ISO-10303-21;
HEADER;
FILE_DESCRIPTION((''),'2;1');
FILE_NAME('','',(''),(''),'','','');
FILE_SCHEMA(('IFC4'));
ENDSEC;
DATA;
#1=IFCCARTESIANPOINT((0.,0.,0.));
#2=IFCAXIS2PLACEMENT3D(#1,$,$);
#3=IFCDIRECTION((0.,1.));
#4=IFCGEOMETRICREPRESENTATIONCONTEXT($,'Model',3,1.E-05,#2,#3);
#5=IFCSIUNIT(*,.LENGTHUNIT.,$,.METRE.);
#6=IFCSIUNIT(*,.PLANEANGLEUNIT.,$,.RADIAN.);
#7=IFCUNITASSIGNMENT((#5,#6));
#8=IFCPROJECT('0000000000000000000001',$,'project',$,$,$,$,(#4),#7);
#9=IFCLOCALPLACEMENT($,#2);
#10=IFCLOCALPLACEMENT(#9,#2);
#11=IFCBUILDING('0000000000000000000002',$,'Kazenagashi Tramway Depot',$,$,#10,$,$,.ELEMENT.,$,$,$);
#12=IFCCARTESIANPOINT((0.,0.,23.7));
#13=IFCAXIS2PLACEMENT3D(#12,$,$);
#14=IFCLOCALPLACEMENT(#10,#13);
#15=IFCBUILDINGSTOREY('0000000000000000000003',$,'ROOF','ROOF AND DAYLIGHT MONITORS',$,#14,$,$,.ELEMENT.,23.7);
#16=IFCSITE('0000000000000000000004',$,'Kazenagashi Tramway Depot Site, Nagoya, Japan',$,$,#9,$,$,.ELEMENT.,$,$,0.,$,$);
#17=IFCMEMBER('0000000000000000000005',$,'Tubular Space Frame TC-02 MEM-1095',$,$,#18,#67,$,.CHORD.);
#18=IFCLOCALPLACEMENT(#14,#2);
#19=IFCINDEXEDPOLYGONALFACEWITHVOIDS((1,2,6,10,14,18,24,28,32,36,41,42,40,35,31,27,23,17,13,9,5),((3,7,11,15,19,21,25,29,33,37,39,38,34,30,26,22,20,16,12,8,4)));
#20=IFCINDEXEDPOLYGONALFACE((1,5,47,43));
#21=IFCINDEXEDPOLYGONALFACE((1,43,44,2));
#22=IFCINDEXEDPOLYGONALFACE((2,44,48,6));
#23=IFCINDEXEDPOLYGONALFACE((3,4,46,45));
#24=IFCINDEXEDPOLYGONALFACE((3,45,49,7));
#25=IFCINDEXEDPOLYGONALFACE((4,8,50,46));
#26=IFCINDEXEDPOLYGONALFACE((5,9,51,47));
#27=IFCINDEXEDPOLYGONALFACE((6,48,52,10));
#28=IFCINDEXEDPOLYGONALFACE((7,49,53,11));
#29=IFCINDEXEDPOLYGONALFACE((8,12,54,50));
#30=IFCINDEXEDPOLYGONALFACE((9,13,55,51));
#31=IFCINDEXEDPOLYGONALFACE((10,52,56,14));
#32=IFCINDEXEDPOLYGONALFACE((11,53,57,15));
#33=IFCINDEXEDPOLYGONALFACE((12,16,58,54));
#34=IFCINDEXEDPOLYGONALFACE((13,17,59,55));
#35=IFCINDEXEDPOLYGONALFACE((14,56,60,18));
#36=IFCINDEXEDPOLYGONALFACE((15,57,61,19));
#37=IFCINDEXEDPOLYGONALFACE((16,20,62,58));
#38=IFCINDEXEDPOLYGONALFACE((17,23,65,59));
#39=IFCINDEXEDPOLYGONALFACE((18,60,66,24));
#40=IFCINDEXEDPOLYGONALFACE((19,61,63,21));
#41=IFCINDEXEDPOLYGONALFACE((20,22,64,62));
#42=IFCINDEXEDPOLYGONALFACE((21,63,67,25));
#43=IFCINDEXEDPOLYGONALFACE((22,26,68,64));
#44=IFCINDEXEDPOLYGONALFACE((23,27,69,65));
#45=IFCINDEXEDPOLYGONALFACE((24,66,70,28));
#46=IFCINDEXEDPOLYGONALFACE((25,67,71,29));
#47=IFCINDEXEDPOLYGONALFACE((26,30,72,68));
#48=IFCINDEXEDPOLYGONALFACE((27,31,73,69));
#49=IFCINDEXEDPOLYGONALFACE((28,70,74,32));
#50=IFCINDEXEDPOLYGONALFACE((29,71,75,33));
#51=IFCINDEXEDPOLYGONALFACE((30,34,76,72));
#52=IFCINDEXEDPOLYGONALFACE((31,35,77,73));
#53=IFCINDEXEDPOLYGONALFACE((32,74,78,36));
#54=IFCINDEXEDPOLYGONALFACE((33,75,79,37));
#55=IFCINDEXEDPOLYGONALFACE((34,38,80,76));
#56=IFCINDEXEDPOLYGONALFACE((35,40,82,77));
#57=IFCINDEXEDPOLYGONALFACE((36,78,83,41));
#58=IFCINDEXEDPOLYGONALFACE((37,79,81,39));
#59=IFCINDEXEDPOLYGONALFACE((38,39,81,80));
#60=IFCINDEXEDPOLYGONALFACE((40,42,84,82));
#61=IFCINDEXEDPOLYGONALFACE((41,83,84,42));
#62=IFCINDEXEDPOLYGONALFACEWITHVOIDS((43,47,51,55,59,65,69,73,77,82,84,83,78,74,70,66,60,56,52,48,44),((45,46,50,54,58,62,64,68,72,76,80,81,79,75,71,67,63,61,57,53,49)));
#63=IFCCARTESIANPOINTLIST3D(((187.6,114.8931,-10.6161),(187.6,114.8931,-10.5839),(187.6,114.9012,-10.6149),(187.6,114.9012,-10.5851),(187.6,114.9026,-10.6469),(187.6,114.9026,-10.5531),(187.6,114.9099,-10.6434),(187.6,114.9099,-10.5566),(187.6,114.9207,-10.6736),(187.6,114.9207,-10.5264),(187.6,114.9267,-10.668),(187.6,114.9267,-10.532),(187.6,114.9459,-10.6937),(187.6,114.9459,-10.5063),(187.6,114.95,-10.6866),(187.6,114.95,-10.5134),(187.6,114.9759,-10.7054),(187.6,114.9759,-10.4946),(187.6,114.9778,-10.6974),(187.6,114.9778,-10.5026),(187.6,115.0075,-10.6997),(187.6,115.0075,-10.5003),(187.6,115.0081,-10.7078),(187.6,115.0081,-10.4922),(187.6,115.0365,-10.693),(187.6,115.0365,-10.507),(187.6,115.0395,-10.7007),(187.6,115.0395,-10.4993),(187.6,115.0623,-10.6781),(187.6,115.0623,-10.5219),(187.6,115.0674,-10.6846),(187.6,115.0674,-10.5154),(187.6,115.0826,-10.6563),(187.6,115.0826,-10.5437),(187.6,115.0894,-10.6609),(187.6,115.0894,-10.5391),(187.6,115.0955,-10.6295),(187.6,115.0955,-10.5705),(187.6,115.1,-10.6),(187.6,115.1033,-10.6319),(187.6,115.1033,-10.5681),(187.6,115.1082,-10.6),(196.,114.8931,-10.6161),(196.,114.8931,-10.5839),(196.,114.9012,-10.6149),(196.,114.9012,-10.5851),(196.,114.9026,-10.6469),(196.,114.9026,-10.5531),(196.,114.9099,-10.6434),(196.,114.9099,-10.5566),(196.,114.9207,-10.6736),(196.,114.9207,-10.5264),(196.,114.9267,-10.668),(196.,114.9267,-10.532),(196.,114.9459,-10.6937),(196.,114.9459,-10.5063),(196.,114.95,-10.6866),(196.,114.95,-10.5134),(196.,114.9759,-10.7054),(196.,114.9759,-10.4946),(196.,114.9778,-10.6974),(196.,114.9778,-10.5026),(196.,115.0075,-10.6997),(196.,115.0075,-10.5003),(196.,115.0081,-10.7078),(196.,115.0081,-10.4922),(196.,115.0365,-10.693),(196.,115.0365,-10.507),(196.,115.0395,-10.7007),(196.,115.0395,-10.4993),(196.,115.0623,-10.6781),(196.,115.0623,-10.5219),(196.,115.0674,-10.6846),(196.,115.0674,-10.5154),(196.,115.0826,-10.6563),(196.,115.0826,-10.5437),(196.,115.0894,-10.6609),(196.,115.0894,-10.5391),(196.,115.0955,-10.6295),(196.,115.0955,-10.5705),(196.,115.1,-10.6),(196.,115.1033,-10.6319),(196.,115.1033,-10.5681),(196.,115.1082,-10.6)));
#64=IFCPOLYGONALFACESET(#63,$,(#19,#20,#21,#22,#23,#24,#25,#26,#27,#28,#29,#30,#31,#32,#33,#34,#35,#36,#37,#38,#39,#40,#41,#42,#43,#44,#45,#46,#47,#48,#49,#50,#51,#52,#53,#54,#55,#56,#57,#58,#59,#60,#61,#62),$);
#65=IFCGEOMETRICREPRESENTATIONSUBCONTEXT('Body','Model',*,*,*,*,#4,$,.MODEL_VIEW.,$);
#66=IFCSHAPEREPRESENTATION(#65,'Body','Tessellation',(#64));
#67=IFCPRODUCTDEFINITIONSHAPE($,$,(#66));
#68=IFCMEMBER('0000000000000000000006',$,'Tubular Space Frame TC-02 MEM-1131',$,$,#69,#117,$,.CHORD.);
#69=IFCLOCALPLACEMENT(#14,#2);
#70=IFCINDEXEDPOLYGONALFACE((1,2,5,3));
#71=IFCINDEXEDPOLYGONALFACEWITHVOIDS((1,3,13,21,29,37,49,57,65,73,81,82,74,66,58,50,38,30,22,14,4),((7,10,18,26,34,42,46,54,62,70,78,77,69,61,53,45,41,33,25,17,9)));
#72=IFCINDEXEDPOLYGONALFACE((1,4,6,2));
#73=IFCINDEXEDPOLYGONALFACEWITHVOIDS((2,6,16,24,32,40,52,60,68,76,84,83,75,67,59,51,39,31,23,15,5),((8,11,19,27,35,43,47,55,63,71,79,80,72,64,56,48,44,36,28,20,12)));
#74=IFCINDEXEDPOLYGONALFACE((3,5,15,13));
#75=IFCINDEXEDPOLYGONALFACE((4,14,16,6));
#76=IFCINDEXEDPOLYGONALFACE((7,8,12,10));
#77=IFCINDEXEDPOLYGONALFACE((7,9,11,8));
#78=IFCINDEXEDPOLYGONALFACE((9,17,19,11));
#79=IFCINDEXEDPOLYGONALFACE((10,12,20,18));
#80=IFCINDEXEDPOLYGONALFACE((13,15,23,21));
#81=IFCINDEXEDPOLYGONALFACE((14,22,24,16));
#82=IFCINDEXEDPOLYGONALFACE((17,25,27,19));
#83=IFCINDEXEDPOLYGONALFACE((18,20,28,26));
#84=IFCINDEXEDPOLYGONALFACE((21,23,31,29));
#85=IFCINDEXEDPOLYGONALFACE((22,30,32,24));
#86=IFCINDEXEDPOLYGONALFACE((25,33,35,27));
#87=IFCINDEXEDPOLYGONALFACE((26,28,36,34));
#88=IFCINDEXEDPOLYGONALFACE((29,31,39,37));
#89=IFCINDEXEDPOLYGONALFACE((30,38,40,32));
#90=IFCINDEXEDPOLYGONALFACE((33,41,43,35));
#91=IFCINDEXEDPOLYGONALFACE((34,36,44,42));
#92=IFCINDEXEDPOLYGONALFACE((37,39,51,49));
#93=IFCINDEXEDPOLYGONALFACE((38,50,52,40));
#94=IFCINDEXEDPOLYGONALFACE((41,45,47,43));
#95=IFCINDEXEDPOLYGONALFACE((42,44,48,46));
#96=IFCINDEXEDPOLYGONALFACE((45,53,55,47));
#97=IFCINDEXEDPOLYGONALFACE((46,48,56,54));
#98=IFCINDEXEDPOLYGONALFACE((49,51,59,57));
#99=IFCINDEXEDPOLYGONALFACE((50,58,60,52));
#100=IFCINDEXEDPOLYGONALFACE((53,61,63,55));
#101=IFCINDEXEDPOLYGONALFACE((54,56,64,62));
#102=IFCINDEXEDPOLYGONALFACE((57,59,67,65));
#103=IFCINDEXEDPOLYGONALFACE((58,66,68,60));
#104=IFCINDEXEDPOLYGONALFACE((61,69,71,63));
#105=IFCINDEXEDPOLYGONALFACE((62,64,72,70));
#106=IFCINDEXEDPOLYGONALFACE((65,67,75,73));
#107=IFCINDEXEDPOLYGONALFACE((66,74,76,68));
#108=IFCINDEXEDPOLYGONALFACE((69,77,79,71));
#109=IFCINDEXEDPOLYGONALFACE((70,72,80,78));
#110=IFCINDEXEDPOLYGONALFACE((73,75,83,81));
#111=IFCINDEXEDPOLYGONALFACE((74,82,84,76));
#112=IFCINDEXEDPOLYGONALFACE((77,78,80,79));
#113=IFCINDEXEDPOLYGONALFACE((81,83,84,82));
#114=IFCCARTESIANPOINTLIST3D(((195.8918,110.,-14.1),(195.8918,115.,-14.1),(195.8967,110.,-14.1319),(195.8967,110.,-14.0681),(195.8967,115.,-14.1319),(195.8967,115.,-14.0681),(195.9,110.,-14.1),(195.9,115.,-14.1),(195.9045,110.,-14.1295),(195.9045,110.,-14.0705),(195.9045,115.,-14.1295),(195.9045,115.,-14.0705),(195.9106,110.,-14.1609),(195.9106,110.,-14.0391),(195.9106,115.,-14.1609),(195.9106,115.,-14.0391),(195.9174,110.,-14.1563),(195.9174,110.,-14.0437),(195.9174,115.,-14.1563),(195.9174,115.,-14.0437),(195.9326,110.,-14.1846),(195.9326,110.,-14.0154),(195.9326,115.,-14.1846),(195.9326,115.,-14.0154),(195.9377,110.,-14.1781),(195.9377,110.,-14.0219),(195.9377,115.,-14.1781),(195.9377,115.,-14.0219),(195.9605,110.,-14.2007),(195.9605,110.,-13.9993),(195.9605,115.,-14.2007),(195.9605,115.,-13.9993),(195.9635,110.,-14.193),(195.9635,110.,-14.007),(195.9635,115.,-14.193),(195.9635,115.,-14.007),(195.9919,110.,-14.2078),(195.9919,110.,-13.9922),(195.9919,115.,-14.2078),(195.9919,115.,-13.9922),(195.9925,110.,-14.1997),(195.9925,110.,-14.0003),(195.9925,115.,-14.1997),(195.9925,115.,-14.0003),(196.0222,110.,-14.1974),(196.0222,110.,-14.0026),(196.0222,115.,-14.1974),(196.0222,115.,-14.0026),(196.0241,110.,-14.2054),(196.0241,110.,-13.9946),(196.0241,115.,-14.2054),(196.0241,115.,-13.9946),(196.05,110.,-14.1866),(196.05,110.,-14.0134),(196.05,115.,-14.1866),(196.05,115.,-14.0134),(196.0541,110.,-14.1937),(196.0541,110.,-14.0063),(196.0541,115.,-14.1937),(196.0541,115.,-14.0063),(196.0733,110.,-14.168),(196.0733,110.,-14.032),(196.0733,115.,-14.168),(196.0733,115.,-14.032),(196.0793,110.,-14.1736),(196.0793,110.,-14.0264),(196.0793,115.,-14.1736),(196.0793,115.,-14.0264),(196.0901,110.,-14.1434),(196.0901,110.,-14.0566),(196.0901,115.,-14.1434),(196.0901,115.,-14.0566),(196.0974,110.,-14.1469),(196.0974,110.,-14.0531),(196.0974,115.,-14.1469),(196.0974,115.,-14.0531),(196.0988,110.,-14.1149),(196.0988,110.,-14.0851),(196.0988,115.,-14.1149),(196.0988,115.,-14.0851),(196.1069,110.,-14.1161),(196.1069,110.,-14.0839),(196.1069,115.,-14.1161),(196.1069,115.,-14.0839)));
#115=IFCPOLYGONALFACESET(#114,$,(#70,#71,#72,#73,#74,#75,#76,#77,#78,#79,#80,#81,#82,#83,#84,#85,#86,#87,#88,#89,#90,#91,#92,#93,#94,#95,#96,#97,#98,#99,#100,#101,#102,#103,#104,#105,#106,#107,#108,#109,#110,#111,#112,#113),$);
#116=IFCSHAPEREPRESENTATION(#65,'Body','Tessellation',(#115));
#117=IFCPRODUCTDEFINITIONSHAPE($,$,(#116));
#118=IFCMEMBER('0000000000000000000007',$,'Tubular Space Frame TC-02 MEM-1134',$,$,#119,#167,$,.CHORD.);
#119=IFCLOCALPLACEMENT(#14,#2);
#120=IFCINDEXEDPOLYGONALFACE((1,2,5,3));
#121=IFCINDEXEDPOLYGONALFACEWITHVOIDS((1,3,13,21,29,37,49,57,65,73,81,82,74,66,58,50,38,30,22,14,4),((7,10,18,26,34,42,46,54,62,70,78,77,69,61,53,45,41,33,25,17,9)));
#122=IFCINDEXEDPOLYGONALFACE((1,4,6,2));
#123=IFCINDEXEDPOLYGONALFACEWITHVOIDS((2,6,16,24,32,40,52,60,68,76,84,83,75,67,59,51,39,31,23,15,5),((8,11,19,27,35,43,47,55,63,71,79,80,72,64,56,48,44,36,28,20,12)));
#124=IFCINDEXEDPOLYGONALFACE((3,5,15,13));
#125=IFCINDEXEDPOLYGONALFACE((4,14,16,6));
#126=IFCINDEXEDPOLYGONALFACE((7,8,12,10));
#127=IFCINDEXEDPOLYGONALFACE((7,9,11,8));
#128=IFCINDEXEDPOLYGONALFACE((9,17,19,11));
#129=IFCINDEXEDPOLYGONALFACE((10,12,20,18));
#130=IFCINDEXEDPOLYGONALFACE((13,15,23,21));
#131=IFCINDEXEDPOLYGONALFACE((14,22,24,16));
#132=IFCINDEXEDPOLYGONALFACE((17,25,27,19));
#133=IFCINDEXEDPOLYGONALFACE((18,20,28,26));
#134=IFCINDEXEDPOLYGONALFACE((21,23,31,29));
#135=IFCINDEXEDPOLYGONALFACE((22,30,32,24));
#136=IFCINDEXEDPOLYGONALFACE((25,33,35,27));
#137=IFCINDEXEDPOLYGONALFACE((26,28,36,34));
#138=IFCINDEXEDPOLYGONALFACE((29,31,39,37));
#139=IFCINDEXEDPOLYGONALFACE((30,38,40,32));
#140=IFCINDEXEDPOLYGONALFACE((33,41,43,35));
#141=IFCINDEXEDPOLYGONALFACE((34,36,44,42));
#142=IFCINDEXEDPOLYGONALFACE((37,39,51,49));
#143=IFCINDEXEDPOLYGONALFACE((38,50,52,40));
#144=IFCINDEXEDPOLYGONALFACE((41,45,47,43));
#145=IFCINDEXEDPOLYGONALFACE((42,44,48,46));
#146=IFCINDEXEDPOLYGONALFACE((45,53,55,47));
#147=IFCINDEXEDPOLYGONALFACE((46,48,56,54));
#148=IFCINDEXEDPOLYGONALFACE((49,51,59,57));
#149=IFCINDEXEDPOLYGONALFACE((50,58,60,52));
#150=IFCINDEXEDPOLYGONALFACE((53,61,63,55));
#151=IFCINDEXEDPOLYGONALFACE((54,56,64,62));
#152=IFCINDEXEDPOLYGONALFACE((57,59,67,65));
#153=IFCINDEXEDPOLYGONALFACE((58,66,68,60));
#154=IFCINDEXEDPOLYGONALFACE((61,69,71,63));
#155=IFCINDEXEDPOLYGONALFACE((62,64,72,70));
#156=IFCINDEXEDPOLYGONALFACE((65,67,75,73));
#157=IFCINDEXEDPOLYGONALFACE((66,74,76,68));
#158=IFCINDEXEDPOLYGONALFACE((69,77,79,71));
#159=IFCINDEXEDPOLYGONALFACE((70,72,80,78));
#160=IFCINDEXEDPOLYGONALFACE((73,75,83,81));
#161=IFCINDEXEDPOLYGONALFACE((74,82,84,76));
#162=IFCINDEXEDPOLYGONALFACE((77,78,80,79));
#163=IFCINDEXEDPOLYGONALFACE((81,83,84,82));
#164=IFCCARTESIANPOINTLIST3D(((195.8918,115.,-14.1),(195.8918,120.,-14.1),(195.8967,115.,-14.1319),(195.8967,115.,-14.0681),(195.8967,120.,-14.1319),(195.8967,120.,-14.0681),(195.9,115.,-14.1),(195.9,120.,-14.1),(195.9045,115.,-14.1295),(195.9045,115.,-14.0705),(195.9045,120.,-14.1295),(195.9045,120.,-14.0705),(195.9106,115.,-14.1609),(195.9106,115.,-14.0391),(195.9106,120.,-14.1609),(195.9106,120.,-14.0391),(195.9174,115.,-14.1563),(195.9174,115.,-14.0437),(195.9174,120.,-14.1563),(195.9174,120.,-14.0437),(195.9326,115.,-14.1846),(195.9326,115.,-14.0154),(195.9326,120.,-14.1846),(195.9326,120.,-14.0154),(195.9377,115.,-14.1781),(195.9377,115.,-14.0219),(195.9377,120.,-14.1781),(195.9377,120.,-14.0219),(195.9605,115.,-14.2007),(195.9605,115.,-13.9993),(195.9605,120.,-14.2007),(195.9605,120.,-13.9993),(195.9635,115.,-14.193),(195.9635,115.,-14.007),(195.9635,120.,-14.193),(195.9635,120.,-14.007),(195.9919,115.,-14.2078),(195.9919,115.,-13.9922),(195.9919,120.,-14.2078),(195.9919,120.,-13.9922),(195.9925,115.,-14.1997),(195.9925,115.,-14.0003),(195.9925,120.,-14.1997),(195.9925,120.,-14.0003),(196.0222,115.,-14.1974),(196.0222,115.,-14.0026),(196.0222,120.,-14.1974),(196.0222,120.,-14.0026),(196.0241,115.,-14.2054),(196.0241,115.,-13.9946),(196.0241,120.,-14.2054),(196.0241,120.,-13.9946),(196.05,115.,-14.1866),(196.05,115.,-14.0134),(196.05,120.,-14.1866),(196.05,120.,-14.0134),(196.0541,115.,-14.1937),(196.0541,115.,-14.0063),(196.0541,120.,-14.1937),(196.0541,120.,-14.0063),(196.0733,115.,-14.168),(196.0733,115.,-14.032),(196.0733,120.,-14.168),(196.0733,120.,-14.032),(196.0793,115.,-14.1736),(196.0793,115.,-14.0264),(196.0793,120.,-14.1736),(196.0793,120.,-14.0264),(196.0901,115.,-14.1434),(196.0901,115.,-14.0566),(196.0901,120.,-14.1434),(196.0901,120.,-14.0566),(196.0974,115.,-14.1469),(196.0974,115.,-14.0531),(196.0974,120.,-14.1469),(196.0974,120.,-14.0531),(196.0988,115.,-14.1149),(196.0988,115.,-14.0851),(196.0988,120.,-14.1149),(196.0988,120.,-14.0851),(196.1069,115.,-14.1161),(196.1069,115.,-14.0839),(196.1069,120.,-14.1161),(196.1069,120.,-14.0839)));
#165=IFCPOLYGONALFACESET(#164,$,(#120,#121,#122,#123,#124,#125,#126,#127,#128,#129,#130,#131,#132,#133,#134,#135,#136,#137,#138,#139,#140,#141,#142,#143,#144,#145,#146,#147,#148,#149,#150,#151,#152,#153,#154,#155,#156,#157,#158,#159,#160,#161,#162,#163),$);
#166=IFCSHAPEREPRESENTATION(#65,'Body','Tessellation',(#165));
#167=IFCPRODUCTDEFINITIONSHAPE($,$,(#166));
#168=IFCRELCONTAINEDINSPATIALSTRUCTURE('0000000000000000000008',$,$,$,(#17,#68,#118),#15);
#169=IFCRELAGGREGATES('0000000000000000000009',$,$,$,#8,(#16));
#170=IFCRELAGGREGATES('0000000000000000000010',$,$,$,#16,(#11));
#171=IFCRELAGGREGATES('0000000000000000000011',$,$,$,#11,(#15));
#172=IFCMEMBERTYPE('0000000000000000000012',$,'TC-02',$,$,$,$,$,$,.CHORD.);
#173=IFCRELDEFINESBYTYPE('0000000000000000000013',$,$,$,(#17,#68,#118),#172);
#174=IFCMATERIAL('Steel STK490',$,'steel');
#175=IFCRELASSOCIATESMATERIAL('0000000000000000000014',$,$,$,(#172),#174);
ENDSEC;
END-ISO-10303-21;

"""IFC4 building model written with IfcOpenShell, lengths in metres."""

from ifc_helpers import new_model, si_unit, direction, frame, origin, origin_2d, place, context, subcontext, project, spatial, hollow_circle, extrude, material, material_profile, profile_set, type_object, element, save


model = new_model("IFC4")

# Units and contexts
model_context = context("Model", 3, precision=1e-05, world=origin(), true_north=direction((0.0, 1.0)))
body_context = subcontext(model_context, "Body", "Model", "MODEL_VIEW")
ifc_project = project(units=[si_unit("LENGTHUNIT", "METRE"), si_unit("PLANEANGLEUNIT", "RADIAN")], contexts=[model_context])

# Site, building, storey
site_placement = place(None, origin())
site = spatial("IfcSite", under=ifc_project, at=site_placement, Name="Kazenagashi Tramway Depot Site, Nagoya, Japan", CompositionType="ELEMENT", RefElevation=0.0)
building_placement = place(site_placement, origin())
building = spatial("IfcBuilding", under=site, at=building_placement, Name="Kazenagashi Tramway Depot", CompositionType="ELEMENT")
storey_placement = place(building_placement, frame((0.0, 0.0, 23.7)))
storey = spatial("IfcBuildingStorey", under=building, at=storey_placement, Name="ROOF", Description="ROOF AND DAYLIGHT MONITORS", CompositionType="ELEMENT", Elevation=23.7)

# Members
ifc_material_1 = material(Name="Steel STK490", Category="steel")
ifc_material_profile_1 = material_profile(ifc_material_1, hollow_circle(Radius=0.1081, WallThickness=0.0082, at=origin_2d()), Name="CHS-216.3x8.2")
ifc_profile_set_1 = profile_set([ifc_material_profile_1], Name="Steel STK490")
member_type_1 = type_object("IfcMemberType", Name="TC-02", PredefinedType="CHORD", material=ifc_profile_set_1)
member_1_placement = place(storey_placement, frame((187.6, 115.0, -10.6), z_axis=(1.0, 0.0, 0.0), x_axis=(0.0, 1.0, 0.0)))
element("IfcMember", 1, at=member_1_placement, inside=storey, type_object=member_type_1, Name="Tubular Space Frame TC-02 MEM-1095", PredefinedType="CHORD", context=body_context, shape_type="SweptSolid", body=[
    extrude(hollow_circle(Radius=0.1081, WallThickness=0.0082, at=origin_2d()), origin(), (0.0, 0.0, 1.0), 8.4),
])
for number, where, z_axis, x_axis, name in (
    (2, (196.0, 110.0, -14.1), (0.0, 1.0, 0.0), (-1.0, 0.0, 0.0), "Tubular Space Frame TC-02 MEM-1131"),
    (3, (196.0, 115.0, -14.1), (0.0, 1.0, 0.0), (-1.0, 0.0, 0.0), "Tubular Space Frame TC-02 MEM-1134"),
):
    element("IfcMember", number, at=place(storey_placement, frame(where, z_axis=z_axis, x_axis=x_axis)), inside=storey, type_object=member_type_1, Name=name, PredefinedType="CHORD", context=body_context, shape_type="SweptSolid", body=[
        extrude(hollow_circle(Radius=0.1081, WallThickness=0.0082, at=origin_2d()), origin(), (0.0, 0.0, 1.0), 5.0),
    ])

save(model, "model.ifc")
